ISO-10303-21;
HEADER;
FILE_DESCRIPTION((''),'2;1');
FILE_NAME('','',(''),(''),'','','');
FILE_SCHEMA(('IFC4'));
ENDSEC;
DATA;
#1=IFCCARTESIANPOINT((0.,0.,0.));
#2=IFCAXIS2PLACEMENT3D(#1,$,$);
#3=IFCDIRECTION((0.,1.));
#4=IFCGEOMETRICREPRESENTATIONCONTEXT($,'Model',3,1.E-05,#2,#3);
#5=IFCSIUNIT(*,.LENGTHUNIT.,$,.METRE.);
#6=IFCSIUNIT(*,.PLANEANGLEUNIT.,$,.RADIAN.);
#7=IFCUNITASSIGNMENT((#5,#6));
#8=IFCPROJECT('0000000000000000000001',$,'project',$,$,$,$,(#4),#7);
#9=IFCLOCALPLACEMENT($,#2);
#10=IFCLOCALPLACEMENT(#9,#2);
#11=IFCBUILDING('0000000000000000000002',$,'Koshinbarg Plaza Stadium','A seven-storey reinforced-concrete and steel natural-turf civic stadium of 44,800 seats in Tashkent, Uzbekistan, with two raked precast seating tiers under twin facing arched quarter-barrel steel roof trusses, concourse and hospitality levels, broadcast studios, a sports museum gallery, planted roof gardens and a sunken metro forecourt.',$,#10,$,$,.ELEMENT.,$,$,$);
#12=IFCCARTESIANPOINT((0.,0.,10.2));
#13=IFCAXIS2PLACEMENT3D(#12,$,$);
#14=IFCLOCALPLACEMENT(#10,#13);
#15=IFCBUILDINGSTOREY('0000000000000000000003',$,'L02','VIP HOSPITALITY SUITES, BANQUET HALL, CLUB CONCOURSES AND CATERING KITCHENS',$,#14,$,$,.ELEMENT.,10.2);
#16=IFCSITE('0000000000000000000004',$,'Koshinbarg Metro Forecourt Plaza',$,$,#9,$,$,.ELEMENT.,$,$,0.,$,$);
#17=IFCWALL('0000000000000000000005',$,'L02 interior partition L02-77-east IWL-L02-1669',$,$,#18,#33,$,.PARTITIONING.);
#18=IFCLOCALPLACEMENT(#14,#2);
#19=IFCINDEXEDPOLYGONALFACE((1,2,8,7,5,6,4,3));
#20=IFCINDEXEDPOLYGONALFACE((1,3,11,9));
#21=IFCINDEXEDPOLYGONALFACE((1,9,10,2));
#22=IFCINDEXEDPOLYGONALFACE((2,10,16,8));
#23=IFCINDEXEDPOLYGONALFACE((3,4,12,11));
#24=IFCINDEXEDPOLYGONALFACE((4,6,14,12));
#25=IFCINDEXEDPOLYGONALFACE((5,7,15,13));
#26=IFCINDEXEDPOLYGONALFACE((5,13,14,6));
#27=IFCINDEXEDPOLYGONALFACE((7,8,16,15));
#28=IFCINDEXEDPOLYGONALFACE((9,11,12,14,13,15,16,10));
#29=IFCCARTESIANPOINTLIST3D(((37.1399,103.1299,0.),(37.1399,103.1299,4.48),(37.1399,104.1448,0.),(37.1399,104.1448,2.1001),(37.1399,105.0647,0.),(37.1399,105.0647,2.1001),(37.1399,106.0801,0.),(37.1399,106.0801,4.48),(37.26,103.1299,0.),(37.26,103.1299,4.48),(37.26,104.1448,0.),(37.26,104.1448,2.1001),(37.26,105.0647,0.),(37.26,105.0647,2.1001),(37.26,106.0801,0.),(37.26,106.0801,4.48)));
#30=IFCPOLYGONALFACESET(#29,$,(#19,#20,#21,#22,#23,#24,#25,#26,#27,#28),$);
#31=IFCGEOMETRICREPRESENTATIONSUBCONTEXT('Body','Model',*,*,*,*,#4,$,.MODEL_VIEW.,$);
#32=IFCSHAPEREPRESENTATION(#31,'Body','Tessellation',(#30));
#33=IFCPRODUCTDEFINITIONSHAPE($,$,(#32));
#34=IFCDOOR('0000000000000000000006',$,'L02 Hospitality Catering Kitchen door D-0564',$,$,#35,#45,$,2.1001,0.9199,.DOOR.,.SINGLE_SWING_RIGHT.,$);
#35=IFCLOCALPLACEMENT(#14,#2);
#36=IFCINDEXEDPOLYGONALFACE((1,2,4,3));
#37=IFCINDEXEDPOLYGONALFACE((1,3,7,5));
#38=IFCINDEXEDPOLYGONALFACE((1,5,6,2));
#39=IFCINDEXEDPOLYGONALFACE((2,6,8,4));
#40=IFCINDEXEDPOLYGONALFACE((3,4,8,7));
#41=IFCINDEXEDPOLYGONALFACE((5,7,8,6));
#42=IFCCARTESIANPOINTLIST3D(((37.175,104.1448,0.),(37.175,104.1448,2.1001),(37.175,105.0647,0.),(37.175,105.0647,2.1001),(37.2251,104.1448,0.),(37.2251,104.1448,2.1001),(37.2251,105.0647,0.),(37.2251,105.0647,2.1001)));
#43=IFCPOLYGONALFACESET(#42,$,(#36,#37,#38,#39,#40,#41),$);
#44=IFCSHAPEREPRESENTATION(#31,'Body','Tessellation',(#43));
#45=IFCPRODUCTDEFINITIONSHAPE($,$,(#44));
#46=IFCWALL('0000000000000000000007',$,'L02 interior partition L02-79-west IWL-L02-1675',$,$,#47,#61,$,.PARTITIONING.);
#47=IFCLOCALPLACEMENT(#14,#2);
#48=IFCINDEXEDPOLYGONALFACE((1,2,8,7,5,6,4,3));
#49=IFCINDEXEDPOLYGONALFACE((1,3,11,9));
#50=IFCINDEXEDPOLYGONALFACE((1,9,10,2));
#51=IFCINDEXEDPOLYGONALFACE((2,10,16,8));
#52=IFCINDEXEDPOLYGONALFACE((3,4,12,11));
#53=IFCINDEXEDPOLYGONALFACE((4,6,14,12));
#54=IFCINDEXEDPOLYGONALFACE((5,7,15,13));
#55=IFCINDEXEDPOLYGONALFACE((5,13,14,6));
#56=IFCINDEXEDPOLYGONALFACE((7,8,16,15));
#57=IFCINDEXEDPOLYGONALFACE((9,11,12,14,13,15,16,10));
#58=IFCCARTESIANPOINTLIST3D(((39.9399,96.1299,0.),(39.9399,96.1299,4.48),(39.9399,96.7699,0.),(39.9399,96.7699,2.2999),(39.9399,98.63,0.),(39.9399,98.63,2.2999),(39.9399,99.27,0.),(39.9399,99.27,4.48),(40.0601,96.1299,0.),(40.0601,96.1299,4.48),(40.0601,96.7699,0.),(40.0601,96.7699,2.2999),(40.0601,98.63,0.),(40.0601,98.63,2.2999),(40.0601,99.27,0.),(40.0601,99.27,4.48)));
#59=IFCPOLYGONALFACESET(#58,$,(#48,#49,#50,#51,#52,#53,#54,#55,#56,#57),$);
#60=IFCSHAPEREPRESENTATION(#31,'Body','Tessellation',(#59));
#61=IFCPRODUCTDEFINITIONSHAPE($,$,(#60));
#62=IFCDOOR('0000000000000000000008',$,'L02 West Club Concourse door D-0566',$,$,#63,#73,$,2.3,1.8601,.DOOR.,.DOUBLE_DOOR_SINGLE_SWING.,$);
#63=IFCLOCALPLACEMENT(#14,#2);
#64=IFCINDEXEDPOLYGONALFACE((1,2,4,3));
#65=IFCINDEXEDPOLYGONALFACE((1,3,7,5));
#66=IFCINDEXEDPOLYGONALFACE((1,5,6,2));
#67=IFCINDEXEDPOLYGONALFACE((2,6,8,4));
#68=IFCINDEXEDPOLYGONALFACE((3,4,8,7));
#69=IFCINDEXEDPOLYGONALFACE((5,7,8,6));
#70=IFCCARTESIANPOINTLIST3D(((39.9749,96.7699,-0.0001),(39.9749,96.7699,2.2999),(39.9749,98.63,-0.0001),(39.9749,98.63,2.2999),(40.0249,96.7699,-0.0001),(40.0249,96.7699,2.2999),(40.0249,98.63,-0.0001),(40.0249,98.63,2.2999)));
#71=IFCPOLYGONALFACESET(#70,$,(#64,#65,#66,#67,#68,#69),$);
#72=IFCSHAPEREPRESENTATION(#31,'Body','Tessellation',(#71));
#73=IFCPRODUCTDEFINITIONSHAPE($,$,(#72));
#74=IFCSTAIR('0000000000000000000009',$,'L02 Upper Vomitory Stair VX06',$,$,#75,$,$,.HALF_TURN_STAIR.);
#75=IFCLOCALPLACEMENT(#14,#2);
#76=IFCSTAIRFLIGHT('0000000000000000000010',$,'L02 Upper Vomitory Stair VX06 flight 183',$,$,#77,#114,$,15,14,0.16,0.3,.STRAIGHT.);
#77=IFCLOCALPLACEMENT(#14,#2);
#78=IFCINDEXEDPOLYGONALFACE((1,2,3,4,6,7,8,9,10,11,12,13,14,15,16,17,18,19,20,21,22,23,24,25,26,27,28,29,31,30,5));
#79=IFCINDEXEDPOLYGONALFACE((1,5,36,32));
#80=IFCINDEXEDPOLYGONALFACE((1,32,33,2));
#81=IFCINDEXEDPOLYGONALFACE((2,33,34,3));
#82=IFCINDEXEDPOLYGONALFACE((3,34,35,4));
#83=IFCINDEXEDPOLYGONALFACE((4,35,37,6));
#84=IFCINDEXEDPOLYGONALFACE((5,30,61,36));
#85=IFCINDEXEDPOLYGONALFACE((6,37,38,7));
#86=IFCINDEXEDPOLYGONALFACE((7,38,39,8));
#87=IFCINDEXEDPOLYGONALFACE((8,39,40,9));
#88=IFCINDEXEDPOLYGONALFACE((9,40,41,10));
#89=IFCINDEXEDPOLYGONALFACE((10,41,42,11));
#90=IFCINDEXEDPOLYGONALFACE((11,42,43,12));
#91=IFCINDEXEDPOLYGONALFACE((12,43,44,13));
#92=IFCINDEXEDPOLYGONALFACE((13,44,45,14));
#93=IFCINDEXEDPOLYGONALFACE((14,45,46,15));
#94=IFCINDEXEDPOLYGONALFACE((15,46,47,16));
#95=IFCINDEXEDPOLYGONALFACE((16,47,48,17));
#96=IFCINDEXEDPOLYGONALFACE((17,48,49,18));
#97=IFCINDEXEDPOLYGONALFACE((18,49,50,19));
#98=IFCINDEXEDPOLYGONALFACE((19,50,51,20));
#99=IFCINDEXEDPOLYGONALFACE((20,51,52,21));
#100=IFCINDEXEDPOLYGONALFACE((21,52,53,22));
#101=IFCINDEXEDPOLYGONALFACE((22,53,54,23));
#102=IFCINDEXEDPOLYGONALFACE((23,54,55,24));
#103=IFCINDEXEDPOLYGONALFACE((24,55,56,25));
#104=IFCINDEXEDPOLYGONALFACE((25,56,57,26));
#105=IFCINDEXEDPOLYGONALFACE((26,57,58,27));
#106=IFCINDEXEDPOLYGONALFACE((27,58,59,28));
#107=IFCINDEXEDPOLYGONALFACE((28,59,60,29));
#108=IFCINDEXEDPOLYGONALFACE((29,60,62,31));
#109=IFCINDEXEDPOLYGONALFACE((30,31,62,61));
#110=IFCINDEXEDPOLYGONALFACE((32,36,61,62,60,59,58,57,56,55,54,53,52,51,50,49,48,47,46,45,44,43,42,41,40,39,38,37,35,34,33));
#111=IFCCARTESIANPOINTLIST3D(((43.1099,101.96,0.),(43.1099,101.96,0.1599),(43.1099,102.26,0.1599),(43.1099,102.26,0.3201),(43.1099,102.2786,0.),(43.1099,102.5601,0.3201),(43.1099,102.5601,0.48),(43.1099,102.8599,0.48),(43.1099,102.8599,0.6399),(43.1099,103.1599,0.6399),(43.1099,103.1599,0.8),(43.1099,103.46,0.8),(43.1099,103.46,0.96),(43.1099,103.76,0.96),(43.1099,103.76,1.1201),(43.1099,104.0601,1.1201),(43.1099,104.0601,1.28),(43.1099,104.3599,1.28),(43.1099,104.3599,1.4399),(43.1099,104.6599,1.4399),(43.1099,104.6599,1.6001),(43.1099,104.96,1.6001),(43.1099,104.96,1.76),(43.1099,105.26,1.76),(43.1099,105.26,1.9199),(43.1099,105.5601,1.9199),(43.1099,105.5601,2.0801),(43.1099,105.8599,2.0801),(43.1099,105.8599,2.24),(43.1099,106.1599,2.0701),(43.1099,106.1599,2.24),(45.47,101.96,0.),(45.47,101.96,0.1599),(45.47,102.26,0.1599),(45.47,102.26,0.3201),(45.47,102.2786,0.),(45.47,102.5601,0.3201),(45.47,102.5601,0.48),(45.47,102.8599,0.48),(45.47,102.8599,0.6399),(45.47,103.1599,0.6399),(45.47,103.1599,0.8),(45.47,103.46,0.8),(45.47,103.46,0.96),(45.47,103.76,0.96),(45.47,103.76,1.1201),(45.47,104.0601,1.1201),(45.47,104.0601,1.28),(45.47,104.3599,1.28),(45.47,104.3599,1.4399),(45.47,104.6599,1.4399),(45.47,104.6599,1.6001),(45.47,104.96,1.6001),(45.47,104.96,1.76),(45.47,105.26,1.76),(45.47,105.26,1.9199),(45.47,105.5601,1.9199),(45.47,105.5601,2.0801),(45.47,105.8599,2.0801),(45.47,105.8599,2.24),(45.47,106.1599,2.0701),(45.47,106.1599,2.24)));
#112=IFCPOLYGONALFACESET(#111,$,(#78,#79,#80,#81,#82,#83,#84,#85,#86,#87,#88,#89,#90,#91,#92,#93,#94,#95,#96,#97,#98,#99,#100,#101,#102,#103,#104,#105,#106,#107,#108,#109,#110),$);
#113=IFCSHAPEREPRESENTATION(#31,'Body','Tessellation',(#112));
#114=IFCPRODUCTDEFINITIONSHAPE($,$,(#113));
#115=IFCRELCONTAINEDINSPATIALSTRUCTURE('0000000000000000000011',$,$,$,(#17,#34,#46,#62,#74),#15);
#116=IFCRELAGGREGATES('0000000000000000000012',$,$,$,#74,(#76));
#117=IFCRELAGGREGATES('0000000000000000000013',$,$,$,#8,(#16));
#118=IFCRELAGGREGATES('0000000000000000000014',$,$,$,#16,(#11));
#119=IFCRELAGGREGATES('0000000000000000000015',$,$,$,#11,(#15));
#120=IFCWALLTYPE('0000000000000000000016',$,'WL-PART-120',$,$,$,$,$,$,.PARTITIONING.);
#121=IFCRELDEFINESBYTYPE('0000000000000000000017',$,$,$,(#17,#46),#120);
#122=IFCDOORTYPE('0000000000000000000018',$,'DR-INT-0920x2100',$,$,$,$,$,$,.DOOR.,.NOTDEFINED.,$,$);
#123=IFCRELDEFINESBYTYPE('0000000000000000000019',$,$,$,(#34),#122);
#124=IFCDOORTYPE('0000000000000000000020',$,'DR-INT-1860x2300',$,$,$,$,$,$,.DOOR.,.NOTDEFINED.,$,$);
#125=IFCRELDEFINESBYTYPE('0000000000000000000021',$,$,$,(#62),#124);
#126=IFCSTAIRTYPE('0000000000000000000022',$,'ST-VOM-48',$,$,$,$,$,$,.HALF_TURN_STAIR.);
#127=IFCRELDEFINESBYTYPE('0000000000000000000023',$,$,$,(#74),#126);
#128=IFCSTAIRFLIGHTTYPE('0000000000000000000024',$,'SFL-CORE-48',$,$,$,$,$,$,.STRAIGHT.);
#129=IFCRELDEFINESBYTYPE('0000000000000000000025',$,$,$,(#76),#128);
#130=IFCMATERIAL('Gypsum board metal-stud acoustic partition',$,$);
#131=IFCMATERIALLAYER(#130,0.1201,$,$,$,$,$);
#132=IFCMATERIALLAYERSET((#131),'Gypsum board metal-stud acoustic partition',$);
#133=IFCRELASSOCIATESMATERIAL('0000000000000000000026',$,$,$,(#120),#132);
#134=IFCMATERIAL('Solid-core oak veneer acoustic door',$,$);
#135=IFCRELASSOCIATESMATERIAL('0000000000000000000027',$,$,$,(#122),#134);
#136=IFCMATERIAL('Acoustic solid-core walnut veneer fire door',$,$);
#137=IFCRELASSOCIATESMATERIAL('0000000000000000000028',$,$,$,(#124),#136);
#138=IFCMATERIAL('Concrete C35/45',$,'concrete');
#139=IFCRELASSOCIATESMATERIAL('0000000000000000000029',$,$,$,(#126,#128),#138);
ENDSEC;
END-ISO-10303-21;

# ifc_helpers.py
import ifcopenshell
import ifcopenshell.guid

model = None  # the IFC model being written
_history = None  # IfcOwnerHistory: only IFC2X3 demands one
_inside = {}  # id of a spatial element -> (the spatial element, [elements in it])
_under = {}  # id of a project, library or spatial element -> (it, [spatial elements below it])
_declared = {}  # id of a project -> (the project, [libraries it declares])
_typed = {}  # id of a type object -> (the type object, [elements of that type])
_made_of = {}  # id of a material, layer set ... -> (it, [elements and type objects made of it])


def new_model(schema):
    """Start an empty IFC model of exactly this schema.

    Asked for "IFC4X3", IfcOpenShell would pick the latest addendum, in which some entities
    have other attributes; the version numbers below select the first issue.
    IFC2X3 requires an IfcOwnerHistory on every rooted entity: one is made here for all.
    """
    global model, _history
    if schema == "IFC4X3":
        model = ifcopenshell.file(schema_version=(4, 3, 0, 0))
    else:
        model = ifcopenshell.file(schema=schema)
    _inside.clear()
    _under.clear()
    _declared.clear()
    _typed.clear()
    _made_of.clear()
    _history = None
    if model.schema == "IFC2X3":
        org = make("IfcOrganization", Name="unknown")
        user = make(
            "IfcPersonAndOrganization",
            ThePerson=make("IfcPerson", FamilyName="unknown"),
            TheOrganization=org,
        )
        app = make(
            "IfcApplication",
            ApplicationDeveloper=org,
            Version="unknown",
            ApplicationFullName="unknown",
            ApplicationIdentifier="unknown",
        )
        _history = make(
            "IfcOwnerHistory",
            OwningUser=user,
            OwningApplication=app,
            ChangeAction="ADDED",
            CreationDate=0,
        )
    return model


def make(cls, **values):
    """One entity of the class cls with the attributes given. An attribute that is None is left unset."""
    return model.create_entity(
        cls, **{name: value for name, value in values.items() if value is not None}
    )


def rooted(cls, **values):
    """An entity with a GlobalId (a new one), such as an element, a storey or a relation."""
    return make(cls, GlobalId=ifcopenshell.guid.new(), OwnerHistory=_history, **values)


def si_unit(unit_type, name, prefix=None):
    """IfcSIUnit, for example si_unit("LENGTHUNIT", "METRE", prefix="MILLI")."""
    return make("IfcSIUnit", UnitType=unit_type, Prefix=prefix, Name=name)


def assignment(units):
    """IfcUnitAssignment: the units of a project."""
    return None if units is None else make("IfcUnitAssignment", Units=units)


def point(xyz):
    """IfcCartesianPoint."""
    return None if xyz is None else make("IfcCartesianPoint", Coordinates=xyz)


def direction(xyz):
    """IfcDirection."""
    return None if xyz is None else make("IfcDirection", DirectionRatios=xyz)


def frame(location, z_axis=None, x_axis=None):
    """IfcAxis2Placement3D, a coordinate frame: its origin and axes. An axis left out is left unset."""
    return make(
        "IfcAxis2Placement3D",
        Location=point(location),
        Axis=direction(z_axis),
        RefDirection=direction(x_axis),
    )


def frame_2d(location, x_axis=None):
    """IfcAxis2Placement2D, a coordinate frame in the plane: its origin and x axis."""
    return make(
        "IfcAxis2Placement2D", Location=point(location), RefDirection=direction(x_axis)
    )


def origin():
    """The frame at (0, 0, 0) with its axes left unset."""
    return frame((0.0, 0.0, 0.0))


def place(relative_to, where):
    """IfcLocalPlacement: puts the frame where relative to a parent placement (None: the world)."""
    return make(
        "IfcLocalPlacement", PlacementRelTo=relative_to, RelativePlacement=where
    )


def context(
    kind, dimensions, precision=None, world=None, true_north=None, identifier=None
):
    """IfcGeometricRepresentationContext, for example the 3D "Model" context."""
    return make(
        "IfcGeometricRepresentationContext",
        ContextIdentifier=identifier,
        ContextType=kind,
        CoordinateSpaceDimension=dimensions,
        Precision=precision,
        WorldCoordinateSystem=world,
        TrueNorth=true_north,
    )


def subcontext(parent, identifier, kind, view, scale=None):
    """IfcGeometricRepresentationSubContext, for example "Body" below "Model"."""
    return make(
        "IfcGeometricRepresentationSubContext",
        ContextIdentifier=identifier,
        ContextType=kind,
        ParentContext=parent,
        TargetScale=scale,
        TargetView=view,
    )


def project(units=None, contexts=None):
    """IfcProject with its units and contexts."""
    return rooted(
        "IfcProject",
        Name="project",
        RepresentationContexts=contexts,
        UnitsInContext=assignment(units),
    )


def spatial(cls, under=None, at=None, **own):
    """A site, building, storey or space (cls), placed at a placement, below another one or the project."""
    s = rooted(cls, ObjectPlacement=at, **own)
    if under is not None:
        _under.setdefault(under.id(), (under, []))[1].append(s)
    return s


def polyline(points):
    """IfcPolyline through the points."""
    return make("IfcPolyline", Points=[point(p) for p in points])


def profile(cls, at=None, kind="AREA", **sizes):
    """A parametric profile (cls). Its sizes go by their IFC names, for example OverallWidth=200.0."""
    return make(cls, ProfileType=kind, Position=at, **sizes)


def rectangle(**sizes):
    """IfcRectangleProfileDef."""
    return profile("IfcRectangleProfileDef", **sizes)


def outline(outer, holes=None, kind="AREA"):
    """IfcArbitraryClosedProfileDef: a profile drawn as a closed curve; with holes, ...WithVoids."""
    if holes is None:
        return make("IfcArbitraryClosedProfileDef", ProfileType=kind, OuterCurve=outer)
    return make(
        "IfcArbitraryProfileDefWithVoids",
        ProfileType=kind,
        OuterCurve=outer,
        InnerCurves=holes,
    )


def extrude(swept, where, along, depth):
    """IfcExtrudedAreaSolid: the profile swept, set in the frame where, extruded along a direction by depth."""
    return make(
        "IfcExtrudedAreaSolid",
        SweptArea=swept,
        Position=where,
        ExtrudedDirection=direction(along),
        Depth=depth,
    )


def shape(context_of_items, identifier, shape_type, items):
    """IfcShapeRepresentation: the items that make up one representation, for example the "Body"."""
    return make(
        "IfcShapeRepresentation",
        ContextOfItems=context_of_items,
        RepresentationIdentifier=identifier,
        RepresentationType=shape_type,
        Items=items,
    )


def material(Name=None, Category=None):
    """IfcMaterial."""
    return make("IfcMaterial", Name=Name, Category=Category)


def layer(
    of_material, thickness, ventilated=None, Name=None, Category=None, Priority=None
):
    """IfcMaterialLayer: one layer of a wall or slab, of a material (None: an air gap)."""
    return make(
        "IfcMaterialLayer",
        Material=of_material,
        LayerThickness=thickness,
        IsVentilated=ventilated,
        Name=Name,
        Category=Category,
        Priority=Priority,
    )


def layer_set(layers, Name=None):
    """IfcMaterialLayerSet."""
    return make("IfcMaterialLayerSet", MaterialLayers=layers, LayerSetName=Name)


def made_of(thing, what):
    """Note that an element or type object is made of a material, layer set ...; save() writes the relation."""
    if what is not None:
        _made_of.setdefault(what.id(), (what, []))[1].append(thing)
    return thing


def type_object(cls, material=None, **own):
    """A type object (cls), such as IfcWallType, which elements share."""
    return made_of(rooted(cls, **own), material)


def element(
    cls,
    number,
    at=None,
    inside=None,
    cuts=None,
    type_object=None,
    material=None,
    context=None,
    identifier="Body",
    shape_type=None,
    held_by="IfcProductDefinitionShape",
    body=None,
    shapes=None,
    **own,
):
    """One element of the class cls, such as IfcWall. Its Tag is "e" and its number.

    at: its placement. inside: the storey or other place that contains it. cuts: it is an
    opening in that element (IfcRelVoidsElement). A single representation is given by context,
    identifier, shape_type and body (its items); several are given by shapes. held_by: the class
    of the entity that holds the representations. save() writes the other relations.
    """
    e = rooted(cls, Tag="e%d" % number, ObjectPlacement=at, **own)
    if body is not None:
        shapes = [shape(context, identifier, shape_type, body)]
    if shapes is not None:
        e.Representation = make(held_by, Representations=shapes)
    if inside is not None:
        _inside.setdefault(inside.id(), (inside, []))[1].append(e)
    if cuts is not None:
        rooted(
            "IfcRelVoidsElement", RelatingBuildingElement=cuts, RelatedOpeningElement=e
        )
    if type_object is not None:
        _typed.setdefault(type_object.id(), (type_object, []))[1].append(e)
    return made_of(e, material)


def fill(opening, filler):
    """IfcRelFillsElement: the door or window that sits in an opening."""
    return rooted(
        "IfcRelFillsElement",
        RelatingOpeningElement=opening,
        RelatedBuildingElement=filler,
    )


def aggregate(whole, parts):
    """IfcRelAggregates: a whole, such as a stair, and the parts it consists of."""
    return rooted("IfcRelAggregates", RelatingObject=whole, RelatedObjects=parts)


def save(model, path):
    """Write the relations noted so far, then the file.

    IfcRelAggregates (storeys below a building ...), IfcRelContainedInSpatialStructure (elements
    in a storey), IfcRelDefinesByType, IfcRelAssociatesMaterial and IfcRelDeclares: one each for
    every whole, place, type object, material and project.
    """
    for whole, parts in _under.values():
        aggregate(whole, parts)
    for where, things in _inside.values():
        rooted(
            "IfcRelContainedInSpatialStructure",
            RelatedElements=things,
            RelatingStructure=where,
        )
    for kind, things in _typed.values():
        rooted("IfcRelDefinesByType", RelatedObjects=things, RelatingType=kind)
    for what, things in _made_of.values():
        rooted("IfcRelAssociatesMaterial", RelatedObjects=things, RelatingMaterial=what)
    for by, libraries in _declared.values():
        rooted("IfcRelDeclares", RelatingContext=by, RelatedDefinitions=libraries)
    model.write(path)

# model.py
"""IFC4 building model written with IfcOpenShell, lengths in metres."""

from ifc_helpers import new_model, si_unit, direction, frame, frame_2d, origin, place, context, subcontext, project, spatial, polyline, rectangle, outline, extrude, material, layer, layer_set, type_object, element, fill, aggregate, save


model = new_model("IFC4")

# Units and contexts
model_context = context("Model", 3, precision=1e-05, world=origin(), true_north=direction((0.0, 1.0)))
body_context = subcontext(model_context, "Body", "Model", "MODEL_VIEW")
ifc_project = project(units=[si_unit("LENGTHUNIT", "METRE"), si_unit("PLANEANGLEUNIT", "RADIAN")], contexts=[model_context])

# Site, building, storey
site_placement = place(None, origin())
site = spatial("IfcSite", under=ifc_project, at=site_placement, Name="Koshinbarg Metro Forecourt Plaza", CompositionType="ELEMENT", RefElevation=0.0)
building_placement = place(site_placement, origin())
building = spatial("IfcBuilding", under=site, at=building_placement, Name="Koshinbarg Plaza Stadium", Description="A seven-storey reinforced-concrete and steel natural-turf civic stadium of 44,800 seats in Tashkent, Uzbekistan, with two raked precast seating tiers under twin facing arched quarter-barrel steel roof trusses, concourse and hospitality levels, broadcast studios, a sports museum gallery, planted roof gardens and a sunken metro forecourt.", CompositionType="ELEMENT")
storey_placement = place(building_placement, frame((0.0, 0.0, 10.2)))
storey = spatial("IfcBuildingStorey", under=building, at=storey_placement, Name="L02", Description="VIP HOSPITALITY SUITES, BANQUET HALL, CLUB CONCOURSES AND CATERING KITCHENS", CompositionType="ELEMENT", Elevation=10.2)

# Shared definitions
ifc_material_1 = material(Name="Gypsum board metal-stud acoustic partition")
ifc_layer_1 = layer(ifc_material_1, 0.1201)
ifc_layer_set_1 = layer_set([ifc_layer_1], Name="Gypsum board metal-stud acoustic partition")
wall_type_1 = type_object("IfcWallType", Name="WL-PART-120", PredefinedType="PARTITIONING", material=ifc_layer_set_1)
ifc_material_2 = material(Name="Solid-core oak veneer acoustic door")
door_type_1 = type_object("IfcDoorType", Name="DR-INT-0920x2100", OperationType="NOTDEFINED", PredefinedType="DOOR", material=ifc_material_2)

# Walls, openings, doors
wall_1_placement = place(storey_placement, frame((37.2, 103.1299, 0.0), z_axis=(0.0, 0.0, 1.0), x_axis=(0.0, 1.0, 0.0)))
wall_1 = element("IfcWall", 1, at=wall_1_placement, inside=storey, type_object=wall_type_1, Name="L02 interior partition L02-77-east IWL-L02-1669", PredefinedType="PARTITIONING", context=body_context, shape_type="SweptSolid", body=[
    extrude(rectangle(XDim=2.9502, YDim=0.1201, at=frame_2d((1.4751, 0.0))), origin(), (0.0, 0.0, 1.0), 4.48),
])
opening_1_placement = place(wall_1_placement, frame((1.0149, 0.0, 0.0)))
opening_1 = element("IfcOpeningElement", 2, at=opening_1_placement, cuts=wall_1, PredefinedType="OPENING", context=body_context, shape_type="SweptSolid", body=[
    extrude(rectangle(XDim=0.9199, YDim=2.1001, at=frame_2d((0.46, 1.05))), frame((0.0, 0.0701, 0.0), z_axis=(0.0, -1.0, 0.0), x_axis=(1.0, 0.0, 0.0)), (0.0, 0.0, 1.0), 0.1401),
])
door_1_placement = place(opening_1_placement, origin())
door_1 = element("IfcDoor", 3, at=door_1_placement, inside=storey, type_object=door_type_1, Name="L02 Hospitality Catering Kitchen door D-0564", OperationType="SINGLE_SWING_RIGHT", OverallHeight=2.1001, OverallWidth=0.9199, PredefinedType="DOOR", context=body_context, shape_type="SweptSolid", body=[
    extrude(rectangle(XDim=0.9199, YDim=2.1001, at=frame_2d((0.46, 1.05))), frame((0.0, 0.0249, 0.0), z_axis=(0.0, -1.0, 0.0), x_axis=(1.0, 0.0, 0.0)), (0.0, 0.0, 1.0), 0.05),
])
fill(opening_1, door_1)
wall_2_placement = place(storey_placement, frame((40.0, 99.27, 0.0), z_axis=(0.0, 0.0, 1.0), x_axis=(0.0, -1.0, 0.0)))
wall_2 = element("IfcWall", 4, at=wall_2_placement, inside=storey, type_object=wall_type_1, Name="L02 interior partition L02-79-west IWL-L02-1675", PredefinedType="PARTITIONING", context=body_context, shape_type="SweptSolid", body=[
    extrude(rectangle(XDim=3.1401, YDim=0.1201, at=frame_2d((1.5701, 0.0))), origin(), (0.0, 0.0, 1.0), 4.48),
])
opening_2_placement = place(wall_2_placement, frame((0.6399, 0.0, 0.0)))
opening_2 = element("IfcOpeningElement", 5, at=opening_2_placement, cuts=wall_2, PredefinedType="OPENING", context=body_context, shape_type="SweptSolid", body=[
    extrude(rectangle(XDim=1.8601, YDim=2.3, at=frame_2d((0.9302, 1.1499))), frame((0.0, 0.0701, 0.0), z_axis=(0.0, -1.0, 0.0), x_axis=(1.0, 0.0, 0.0)), (0.0, 0.0, 1.0), 0.1401),
])
ifc_material_3 = material(Name="Acoustic solid-core walnut veneer fire door")
door_type_2 = type_object("IfcDoorType", Name="DR-INT-1860x2300", OperationType="NOTDEFINED", PredefinedType="DOOR", material=ifc_material_3)
door_2_placement = place(opening_2_placement, origin())
door_2 = element("IfcDoor", 6, at=door_2_placement, inside=storey, type_object=door_type_2, Name="L02 West Club Concourse door D-0566", OperationType="DOUBLE_DOOR_SINGLE_SWING", OverallHeight=2.3, OverallWidth=1.8601, PredefinedType="DOOR", context=body_context, shape_type="SweptSolid", body=[
    extrude(rectangle(XDim=1.8601, YDim=2.3, at=frame_2d((0.9302, 1.1499))), frame((0.0, 0.0249, 0.0), z_axis=(0.0, -1.0, 0.0), x_axis=(1.0, 0.0, 0.0)), (0.0, 0.0, 1.0), 0.05),
])
fill(opening_2, door_2)

# Stair, stair flight
ifc_material_4 = material(Name="Concrete C35/45", Category="concrete")
stair_type = type_object("IfcStairType", Name="ST-VOM-48", PredefinedType="HALF_TURN_STAIR", material=ifc_material_4)
stair_placement = place(storey_placement, origin())
stair = element("IfcStair", 7, at=stair_placement, inside=storey, type_object=stair_type, Name="L02 Upper Vomitory Stair VX06", PredefinedType="HALF_TURN_STAIR")
stair_flight_type = type_object("IfcStairFlightType", Name="SFL-CORE-48", PredefinedType="STRAIGHT", material=ifc_material_4)
stair_flight_placement = place(storey_placement, frame((44.29, 101.96, 0.0), z_axis=(0.0, 0.0, 1.0), x_axis=(0.0, 1.0, 0.0)))
stair_flight = element("IfcStairFlight", 8, at=stair_flight_placement, type_object=stair_flight_type, Name="L02 Upper Vomitory Stair VX06 flight 183", NumberOfRisers=15, NumberOfTreads=14, PredefinedType="STRAIGHT", RiserHeight=0.16, TreadLength=0.3, context=body_context, shape_type="SweptSolid", body=[
    extrude(outline(polyline([(0.0, 0.0), (0.0, 0.1599), (0.3, 0.1599), (0.3, 0.3201), (0.6001, 0.3201), (0.6001, 0.48), (0.8999, 0.48), (0.8999, 0.6399), (1.2, 0.6399), (1.2, 0.8), (1.5, 0.8), (1.5, 0.96), (1.8, 0.96), (1.8, 1.1201), (2.1001, 1.1201), (2.1001, 1.28), (2.3999, 1.28), (2.3999, 1.4399), (2.7, 1.4399), (2.7, 1.6001), (3.0, 1.6001), (3.0, 1.76), (3.3, 1.76), (3.3, 1.9199), (3.6001, 1.9199), (3.6001, 2.0801), (3.8999, 2.0801), (3.8999, 2.24), (4.2, 2.24), (4.2, 2.3999), (4.2, 2.0701), (0.3186, 0.0), (0.0, 0.0)])), frame((0.0, 1.1802, 0.0), z_axis=(0.0, -1.0, 0.0), x_axis=(1.0, 0.0, 0.0)), (0.0, 0.0, 1.0), 2.3601),
])
aggregate(stair, [stair_flight])

save(model, "model.ifc")
